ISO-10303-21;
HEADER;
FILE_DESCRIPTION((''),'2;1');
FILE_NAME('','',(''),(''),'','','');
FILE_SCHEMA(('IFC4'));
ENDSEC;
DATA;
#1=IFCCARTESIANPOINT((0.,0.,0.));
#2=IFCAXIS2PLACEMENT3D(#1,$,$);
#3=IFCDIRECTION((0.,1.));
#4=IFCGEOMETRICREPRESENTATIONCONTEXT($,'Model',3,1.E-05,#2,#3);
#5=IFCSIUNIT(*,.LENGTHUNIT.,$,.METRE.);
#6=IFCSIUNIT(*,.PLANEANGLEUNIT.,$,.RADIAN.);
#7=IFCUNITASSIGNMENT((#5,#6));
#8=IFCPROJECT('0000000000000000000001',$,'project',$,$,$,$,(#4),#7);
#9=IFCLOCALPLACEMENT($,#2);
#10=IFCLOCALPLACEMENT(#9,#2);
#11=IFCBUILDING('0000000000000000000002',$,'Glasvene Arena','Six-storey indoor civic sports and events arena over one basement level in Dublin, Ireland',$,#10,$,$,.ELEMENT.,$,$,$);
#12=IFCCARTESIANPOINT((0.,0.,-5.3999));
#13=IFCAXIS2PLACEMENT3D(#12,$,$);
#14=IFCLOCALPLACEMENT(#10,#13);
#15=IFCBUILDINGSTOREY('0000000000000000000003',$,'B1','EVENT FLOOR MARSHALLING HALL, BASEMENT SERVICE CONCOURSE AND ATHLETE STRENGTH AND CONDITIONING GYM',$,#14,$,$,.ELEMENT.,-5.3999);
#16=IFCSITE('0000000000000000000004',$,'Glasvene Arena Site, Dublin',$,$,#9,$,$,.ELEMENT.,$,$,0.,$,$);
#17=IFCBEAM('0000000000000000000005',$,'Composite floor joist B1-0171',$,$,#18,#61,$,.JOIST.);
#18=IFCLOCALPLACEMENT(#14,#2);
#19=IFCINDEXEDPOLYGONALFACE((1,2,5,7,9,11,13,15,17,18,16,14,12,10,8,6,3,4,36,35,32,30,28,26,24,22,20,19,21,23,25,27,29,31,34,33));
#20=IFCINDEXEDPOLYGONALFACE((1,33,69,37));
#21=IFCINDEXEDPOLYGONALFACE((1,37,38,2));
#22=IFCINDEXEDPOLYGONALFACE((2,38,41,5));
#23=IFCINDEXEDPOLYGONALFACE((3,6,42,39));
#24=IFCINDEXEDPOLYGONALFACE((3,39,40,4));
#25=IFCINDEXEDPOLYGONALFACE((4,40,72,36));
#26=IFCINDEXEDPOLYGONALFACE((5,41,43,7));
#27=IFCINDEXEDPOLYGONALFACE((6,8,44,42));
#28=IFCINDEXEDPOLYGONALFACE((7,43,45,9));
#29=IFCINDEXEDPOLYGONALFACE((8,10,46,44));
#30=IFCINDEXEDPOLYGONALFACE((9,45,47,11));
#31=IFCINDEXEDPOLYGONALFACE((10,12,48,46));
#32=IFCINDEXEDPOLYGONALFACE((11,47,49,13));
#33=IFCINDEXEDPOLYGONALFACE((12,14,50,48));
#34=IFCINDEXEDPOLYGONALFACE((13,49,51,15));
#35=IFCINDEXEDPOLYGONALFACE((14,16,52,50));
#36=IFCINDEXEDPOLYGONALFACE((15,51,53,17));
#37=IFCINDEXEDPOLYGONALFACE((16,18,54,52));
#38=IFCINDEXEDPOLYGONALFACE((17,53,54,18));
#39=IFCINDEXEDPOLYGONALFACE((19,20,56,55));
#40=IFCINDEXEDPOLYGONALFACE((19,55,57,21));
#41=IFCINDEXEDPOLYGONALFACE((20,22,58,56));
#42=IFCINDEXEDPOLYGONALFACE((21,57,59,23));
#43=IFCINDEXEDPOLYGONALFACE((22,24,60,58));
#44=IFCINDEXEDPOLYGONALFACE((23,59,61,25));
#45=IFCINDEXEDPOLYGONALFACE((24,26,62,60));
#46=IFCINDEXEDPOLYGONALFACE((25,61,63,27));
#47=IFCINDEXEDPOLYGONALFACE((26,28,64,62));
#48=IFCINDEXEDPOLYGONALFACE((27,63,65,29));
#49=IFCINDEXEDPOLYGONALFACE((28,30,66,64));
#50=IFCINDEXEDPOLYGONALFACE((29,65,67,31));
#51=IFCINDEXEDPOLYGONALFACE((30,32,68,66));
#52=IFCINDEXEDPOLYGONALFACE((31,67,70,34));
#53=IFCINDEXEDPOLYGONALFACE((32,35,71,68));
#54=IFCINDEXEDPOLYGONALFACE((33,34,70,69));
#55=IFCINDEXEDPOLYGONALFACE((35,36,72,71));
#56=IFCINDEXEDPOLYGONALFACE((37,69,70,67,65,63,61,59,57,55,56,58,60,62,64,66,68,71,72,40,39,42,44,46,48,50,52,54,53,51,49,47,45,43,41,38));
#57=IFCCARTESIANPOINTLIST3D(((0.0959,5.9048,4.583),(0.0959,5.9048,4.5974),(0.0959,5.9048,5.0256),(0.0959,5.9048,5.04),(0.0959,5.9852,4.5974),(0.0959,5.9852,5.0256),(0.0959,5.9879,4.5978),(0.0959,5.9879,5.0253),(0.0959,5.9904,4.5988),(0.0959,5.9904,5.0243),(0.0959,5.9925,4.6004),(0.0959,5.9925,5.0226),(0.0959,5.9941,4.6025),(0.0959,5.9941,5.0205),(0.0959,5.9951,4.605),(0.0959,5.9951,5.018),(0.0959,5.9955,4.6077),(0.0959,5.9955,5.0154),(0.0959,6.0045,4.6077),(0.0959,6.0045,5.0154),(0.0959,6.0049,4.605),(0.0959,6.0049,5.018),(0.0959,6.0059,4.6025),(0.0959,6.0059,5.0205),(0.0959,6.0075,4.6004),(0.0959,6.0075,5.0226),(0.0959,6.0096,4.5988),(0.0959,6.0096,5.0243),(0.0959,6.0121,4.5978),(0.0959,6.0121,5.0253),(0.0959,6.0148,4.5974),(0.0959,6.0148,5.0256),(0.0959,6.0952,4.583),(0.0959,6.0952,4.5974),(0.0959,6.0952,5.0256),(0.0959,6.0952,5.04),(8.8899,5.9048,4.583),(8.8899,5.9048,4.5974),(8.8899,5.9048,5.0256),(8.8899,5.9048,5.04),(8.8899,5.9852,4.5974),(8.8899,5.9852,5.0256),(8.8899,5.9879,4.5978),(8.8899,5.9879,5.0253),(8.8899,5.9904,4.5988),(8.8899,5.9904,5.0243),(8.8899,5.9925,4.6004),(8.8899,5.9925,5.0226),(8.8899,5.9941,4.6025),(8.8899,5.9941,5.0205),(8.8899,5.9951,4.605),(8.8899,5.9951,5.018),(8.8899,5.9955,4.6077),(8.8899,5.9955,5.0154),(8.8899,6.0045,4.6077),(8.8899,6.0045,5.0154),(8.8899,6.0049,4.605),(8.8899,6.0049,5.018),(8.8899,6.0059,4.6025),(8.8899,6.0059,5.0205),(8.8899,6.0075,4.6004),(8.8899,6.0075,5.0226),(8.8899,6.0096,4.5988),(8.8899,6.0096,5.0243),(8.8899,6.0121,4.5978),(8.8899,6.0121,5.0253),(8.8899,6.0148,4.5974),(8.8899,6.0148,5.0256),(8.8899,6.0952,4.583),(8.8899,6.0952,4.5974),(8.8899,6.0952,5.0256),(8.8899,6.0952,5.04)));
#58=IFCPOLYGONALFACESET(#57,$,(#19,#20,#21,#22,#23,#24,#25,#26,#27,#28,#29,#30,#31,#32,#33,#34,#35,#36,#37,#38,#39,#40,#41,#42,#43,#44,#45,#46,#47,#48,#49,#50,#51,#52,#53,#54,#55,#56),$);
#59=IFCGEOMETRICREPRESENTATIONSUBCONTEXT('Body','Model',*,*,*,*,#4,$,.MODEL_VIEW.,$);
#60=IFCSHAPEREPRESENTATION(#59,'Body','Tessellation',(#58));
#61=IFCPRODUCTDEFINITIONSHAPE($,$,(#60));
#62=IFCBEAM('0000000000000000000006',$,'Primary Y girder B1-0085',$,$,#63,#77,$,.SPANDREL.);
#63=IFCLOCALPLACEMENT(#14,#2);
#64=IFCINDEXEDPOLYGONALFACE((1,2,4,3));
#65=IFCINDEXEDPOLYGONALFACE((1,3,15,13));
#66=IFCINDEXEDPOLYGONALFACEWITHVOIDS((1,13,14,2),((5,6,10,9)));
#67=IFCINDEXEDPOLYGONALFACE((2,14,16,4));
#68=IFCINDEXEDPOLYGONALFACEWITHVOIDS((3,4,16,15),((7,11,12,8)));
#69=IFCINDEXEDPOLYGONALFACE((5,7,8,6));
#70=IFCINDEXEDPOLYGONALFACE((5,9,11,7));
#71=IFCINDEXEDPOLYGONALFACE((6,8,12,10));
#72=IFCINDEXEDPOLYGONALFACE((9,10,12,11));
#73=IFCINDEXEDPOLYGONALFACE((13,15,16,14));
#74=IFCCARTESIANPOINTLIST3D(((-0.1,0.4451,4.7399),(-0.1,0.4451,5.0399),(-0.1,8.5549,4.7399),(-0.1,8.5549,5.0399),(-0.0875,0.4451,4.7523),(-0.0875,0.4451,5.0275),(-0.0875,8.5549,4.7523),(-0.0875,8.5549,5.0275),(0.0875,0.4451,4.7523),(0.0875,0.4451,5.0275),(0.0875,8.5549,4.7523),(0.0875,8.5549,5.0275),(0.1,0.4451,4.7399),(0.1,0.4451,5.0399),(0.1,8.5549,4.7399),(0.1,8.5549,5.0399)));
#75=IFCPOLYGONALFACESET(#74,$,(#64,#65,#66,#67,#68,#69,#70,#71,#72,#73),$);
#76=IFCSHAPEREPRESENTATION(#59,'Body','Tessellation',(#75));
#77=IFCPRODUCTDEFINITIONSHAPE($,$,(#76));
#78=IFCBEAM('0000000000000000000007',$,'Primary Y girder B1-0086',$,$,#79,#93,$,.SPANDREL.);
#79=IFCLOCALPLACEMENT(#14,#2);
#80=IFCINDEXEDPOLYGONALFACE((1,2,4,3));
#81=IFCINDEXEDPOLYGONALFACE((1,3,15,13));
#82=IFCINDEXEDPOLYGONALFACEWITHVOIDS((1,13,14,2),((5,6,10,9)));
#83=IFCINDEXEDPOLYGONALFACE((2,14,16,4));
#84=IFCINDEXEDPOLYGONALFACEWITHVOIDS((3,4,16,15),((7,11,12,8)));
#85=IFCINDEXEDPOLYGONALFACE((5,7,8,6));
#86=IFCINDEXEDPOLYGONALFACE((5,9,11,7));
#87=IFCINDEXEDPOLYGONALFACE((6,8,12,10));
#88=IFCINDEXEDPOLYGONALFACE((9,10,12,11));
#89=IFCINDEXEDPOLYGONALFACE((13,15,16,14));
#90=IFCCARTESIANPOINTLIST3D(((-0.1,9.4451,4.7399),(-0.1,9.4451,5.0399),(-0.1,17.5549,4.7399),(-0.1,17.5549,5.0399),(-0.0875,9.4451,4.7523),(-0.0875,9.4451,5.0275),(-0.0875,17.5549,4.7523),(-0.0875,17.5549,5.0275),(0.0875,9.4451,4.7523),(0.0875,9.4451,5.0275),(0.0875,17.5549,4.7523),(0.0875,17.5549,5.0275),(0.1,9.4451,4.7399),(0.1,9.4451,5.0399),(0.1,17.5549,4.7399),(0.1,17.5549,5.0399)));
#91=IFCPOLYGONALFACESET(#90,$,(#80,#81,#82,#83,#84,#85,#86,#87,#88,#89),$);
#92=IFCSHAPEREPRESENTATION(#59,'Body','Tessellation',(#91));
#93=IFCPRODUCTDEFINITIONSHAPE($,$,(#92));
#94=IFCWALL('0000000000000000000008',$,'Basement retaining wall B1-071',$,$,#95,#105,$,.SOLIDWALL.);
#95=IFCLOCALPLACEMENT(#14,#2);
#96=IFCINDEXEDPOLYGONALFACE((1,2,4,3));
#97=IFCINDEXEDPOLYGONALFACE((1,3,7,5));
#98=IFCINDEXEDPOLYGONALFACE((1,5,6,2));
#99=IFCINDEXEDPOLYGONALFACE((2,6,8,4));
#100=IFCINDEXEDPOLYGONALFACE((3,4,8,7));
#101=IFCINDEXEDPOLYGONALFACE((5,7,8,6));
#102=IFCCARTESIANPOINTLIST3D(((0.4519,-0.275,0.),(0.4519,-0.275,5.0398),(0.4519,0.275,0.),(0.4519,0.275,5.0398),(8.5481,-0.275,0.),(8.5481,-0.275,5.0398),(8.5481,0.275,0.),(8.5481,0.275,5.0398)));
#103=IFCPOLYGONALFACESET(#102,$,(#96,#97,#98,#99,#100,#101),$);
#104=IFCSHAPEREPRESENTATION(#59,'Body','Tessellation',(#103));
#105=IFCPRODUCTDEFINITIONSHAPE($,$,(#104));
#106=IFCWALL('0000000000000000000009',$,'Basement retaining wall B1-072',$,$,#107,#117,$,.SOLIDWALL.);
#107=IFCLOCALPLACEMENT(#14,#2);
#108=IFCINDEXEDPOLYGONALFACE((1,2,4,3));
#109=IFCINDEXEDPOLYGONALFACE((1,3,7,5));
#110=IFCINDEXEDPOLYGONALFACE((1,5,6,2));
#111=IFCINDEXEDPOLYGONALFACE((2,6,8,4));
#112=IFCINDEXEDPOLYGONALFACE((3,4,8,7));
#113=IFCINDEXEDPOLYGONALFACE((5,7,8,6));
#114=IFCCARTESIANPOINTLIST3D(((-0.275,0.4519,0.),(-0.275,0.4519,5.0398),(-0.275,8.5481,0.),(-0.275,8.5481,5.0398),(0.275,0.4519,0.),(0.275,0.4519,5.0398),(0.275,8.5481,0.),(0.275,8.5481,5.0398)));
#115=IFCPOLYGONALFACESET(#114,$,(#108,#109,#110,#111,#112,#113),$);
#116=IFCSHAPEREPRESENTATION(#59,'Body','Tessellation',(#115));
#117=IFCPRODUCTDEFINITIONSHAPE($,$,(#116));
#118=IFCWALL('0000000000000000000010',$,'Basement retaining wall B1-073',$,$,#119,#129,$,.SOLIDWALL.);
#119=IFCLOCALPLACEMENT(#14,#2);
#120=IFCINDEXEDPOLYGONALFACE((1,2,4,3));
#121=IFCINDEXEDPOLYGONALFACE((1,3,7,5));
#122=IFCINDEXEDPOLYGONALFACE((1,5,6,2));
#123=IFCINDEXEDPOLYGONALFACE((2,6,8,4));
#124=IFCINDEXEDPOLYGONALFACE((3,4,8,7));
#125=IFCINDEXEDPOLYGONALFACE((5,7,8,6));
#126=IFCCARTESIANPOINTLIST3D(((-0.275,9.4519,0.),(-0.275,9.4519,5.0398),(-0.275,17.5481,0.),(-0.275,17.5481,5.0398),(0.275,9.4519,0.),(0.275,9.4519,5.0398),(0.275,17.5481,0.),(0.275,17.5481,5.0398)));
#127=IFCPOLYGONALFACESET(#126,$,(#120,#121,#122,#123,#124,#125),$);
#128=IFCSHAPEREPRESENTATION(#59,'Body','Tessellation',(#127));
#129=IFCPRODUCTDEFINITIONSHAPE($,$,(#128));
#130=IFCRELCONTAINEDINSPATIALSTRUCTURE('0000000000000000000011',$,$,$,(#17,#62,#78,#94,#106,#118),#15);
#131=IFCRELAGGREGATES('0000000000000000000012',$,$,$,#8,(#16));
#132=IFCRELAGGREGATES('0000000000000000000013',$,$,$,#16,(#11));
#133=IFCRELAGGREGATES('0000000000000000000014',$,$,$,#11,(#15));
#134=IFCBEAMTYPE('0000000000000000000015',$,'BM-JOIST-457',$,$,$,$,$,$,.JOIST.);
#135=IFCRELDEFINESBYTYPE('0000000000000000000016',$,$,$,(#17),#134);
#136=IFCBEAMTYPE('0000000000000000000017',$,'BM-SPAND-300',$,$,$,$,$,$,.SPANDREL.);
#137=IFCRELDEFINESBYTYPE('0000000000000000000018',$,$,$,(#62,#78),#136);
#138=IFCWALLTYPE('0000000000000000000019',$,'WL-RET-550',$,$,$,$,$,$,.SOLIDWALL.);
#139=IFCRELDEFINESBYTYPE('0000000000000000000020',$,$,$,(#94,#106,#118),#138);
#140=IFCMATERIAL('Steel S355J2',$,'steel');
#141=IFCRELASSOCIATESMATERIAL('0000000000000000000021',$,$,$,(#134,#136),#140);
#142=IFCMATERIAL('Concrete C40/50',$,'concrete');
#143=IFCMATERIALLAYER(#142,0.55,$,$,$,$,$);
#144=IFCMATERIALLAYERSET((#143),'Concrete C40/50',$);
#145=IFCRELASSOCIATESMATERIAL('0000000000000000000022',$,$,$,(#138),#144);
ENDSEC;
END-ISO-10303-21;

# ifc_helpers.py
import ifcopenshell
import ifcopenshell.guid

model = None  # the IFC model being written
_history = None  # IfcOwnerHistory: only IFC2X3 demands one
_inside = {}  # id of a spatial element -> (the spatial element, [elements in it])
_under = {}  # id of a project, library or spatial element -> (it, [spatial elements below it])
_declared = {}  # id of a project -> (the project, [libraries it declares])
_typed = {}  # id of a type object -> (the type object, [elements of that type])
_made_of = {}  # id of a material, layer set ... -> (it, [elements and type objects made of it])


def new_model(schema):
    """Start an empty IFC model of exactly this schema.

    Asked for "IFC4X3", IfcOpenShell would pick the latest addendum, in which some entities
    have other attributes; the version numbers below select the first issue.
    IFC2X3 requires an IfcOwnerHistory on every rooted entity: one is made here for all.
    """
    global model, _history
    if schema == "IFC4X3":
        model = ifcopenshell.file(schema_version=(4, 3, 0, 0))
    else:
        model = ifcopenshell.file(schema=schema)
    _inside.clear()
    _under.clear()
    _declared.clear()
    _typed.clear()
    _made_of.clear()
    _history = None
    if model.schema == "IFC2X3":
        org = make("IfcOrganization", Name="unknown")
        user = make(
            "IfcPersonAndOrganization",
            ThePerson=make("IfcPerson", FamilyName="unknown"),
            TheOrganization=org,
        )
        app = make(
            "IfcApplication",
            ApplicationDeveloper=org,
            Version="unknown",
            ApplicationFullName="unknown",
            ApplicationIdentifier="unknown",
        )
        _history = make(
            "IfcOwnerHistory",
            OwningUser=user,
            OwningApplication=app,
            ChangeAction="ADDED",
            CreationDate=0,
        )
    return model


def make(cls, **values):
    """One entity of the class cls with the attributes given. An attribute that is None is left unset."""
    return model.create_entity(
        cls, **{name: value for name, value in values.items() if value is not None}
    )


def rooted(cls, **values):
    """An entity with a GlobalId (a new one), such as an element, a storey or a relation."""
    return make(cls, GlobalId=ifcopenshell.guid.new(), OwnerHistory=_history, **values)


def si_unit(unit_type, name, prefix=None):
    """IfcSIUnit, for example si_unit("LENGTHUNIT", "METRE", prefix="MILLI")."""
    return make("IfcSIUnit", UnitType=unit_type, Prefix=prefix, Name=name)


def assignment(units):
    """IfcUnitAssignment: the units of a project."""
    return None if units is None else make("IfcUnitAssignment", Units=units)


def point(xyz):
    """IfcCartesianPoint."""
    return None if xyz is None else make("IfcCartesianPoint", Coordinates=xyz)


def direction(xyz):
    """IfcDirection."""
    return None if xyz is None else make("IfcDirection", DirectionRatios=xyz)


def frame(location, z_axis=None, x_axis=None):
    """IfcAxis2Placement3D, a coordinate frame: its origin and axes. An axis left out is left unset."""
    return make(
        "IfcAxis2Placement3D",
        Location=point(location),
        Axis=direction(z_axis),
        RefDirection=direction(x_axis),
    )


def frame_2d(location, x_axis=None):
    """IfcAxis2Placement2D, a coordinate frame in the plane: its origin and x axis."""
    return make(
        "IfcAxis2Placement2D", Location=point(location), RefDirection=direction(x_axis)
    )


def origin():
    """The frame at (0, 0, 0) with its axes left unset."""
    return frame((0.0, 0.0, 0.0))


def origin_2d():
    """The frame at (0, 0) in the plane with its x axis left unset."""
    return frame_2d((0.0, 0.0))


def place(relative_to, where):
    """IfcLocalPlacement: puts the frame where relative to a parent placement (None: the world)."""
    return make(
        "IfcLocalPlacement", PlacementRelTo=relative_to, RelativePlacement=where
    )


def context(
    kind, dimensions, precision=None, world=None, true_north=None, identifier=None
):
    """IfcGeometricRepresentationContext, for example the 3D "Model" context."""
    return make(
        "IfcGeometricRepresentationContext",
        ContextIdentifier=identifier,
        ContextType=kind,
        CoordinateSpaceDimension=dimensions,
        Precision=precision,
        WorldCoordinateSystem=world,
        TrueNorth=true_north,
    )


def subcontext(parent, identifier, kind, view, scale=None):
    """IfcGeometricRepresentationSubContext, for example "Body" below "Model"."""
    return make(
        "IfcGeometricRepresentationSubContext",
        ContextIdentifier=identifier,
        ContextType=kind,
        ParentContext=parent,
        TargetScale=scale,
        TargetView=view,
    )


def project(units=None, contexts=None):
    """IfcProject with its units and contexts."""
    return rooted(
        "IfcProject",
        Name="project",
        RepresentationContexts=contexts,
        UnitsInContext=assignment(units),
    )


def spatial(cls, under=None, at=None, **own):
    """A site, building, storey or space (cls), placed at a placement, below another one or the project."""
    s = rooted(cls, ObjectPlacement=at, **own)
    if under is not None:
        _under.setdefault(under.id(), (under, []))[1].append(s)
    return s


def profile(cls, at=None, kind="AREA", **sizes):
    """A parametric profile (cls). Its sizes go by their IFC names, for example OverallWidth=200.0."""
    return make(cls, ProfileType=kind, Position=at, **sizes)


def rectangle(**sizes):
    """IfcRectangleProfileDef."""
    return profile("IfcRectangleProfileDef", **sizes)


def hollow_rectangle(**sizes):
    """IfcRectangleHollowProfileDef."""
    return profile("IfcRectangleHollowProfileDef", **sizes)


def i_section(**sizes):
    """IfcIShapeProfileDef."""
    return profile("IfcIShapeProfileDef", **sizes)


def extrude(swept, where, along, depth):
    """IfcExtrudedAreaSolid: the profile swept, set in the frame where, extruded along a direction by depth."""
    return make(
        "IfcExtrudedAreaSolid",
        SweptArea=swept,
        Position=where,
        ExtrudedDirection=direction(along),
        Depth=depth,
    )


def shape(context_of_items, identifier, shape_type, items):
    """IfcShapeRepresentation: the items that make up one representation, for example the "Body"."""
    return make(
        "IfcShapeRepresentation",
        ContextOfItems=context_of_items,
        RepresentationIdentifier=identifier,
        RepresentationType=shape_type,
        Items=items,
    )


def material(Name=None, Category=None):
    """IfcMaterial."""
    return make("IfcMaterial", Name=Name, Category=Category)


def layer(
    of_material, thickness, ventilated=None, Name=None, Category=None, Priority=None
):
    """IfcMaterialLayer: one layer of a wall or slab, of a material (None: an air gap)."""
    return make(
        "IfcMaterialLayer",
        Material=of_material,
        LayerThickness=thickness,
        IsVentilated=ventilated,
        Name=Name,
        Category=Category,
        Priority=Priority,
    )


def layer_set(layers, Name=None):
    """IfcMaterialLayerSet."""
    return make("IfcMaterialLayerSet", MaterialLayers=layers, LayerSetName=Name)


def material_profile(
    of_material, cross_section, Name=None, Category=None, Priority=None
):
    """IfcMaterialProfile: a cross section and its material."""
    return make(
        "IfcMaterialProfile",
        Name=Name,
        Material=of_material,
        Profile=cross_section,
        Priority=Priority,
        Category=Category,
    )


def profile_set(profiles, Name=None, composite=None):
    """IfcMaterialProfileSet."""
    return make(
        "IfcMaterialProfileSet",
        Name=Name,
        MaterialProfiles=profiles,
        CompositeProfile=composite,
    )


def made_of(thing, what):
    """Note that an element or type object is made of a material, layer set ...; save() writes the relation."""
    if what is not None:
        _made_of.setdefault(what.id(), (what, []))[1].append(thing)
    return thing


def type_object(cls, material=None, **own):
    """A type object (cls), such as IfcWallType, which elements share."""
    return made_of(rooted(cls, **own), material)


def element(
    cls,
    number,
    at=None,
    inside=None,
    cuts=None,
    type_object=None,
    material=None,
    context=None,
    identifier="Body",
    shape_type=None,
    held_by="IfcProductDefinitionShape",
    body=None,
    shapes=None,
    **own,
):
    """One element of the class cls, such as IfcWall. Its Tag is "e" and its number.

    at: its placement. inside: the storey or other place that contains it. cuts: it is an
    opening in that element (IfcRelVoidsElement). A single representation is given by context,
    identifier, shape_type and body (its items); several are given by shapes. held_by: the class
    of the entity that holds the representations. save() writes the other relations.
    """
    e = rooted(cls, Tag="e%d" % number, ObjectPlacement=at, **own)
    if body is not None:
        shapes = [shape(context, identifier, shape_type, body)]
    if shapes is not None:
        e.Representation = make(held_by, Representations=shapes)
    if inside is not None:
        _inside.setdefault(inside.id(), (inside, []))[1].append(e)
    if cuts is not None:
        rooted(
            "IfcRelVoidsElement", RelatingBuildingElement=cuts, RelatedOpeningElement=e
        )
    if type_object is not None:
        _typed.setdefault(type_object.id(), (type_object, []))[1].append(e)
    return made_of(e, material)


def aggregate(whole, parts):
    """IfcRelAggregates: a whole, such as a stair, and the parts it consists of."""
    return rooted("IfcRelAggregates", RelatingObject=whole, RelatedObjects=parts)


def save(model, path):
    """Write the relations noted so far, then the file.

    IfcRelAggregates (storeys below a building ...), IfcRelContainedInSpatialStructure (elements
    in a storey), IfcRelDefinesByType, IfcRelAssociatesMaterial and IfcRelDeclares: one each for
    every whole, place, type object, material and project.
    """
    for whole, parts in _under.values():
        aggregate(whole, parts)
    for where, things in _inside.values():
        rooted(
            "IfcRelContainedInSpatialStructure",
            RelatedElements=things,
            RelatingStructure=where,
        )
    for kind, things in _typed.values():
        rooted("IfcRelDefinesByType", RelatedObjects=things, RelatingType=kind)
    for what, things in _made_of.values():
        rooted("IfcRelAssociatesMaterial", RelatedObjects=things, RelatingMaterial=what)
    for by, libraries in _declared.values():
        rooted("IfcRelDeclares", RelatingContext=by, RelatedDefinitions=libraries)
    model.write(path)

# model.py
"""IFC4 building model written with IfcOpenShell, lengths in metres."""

from ifc_helpers import new_model, si_unit, direction, frame, frame_2d, origin, origin_2d, place, context, subcontext, project, spatial, rectangle, hollow_rectangle, i_section, extrude, material, layer, layer_set, material_profile, profile_set, type_object, element, save


model = new_model("IFC4")

# Units and contexts
model_context = context("Model", 3, precision=1e-05, world=origin(), true_north=direction((0.0, 1.0)))
body_context = subcontext(model_context, "Body", "Model", "MODEL_VIEW")
ifc_project = project(units=[si_unit("LENGTHUNIT", "METRE"), si_unit("PLANEANGLEUNIT", "RADIAN")], contexts=[model_context])

# Site, building, storey
site_placement = place(None, origin())
site = spatial("IfcSite", under=ifc_project, at=site_placement, Name="Glasvene Arena Site, Dublin", CompositionType="ELEMENT", RefElevation=0.0)
building_placement = place(site_placement, origin())
building = spatial("IfcBuilding", under=site, at=building_placement, Name="Glasvene Arena", Description="Six-storey indoor civic sports and events arena over one basement level in Dublin, Ireland", CompositionType="ELEMENT")
storey_placement = place(building_placement, frame((0.0, 0.0, -5.3999)))
storey = spatial("IfcBuildingStorey", under=building, at=storey_placement, Name="B1", Description="EVENT FLOOR MARSHALLING HALL, BASEMENT SERVICE CONCOURSE AND ATHLETE STRENGTH AND CONDITIONING GYM", CompositionType="ELEMENT", Elevation=-5.3999)

# Shared definitions
ifc_material_1 = material(Name="Concrete C40/50", Category="concrete")

# Beams
ifc_material_2 = material(Name="Steel S355J2", Category="steel")
ifc_material_profile_1 = material_profile(ifc_material_2, i_section(OverallWidth=0.1904, OverallDepth=0.457, WebThickness=0.009, FlangeThickness=0.0144, FilletRadius=0.0103, at=origin_2d()), Name="UKB 457x191x74")
ifc_profile_set_1 = profile_set([ifc_material_profile_1], Name="Steel S355J2")
beam_type_1 = type_object("IfcBeamType", Name="BM-JOIST-457", PredefinedType="JOIST", material=ifc_profile_set_1)
for number, where, z_axis, x_axis, name in (
    (1, (0.0959, 6.0, 4.8115), (1.0, 0.0, 0.0), (0.0, 1.0, 0.0), "Composite floor joist B1-0171"),
):
    element("IfcBeam", number, at=place(storey_placement, frame(where, z_axis=z_axis, x_axis=x_axis)), inside=storey, type_object=beam_type_1, Name=name, PredefinedType="JOIST", context=body_context, shape_type="SweptSolid", body=[
        extrude(i_section(OverallWidth=0.1904, OverallDepth=0.457, WebThickness=0.009, FlangeThickness=0.0144, FilletRadius=0.0103, at=origin_2d()), origin(), (0.0, 0.0, 1.0), 8.7939),
    ])
ifc_material_profile_2 = material_profile(ifc_material_2, hollow_rectangle(XDim=0.2, YDim=0.3, WallThickness=0.0125, at=origin_2d()), Name="RHS 300x200x12.5")
ifc_profile_set_2 = profile_set([ifc_material_profile_2], Name="Steel S355J2")
beam_type_2 = type_object("IfcBeamType", Name="BM-SPAND-300", PredefinedType="SPANDREL", material=ifc_profile_set_2)
for number, where, z_axis, x_axis, name in (
    (2, (0.0, 0.4451, 4.8899), (0.0, 1.0, 0.0), (-1.0, 0.0, 0.0), "Primary Y girder B1-0085"),
    (3, (0.0, 9.4451, 4.8899), (0.0, 1.0, 0.0), (-1.0, 0.0, 0.0), "Primary Y girder B1-0086"),
):
    element("IfcBeam", number, at=place(storey_placement, frame(where, z_axis=z_axis, x_axis=x_axis)), inside=storey, type_object=beam_type_2, Name=name, PredefinedType="SPANDREL", context=body_context, shape_type="SweptSolid", body=[
        extrude(hollow_rectangle(XDim=0.2, YDim=0.3, WallThickness=0.0125, at=origin_2d()), origin(), (0.0, 0.0, 1.0), 8.1099),
    ])

# Walls
ifc_layer = layer(ifc_material_1, 0.55)
ifc_layer_set = layer_set([ifc_layer], Name="Concrete C40/50")
wall_type = type_object("IfcWallType", Name="WL-RET-550", PredefinedType="SOLIDWALL", material=ifc_layer_set)
for number, where, z_axis, x_axis, name in (
    (4, (8.5481, 0.0, 0.0), (0.0, 0.0, 1.0), (-1.0, 0.0, 0.0), "Basement retaining wall B1-071"),
    (5, (0.0, 0.4519, 0.0), (0.0, 0.0, 1.0), (0.0, 1.0, 0.0), "Basement retaining wall B1-072"),
    (6, (0.0, 9.4519, 0.0), (0.0, 0.0, 1.0), (0.0, 1.0, 0.0), "Basement retaining wall B1-073"),
):
    element("IfcWall", number, at=place(storey_placement, frame(where, z_axis=z_axis, x_axis=x_axis)), inside=storey, type_object=wall_type, Name=name, PredefinedType="SOLIDWALL", context=body_context, shape_type="SweptSolid", body=[
        extrude(rectangle(XDim=8.0962, YDim=0.55, at=frame_2d((4.0481, 0.0))), origin(), (0.0, 0.0, 1.0), 5.0398),
    ])

save(model, "model.ifc")
